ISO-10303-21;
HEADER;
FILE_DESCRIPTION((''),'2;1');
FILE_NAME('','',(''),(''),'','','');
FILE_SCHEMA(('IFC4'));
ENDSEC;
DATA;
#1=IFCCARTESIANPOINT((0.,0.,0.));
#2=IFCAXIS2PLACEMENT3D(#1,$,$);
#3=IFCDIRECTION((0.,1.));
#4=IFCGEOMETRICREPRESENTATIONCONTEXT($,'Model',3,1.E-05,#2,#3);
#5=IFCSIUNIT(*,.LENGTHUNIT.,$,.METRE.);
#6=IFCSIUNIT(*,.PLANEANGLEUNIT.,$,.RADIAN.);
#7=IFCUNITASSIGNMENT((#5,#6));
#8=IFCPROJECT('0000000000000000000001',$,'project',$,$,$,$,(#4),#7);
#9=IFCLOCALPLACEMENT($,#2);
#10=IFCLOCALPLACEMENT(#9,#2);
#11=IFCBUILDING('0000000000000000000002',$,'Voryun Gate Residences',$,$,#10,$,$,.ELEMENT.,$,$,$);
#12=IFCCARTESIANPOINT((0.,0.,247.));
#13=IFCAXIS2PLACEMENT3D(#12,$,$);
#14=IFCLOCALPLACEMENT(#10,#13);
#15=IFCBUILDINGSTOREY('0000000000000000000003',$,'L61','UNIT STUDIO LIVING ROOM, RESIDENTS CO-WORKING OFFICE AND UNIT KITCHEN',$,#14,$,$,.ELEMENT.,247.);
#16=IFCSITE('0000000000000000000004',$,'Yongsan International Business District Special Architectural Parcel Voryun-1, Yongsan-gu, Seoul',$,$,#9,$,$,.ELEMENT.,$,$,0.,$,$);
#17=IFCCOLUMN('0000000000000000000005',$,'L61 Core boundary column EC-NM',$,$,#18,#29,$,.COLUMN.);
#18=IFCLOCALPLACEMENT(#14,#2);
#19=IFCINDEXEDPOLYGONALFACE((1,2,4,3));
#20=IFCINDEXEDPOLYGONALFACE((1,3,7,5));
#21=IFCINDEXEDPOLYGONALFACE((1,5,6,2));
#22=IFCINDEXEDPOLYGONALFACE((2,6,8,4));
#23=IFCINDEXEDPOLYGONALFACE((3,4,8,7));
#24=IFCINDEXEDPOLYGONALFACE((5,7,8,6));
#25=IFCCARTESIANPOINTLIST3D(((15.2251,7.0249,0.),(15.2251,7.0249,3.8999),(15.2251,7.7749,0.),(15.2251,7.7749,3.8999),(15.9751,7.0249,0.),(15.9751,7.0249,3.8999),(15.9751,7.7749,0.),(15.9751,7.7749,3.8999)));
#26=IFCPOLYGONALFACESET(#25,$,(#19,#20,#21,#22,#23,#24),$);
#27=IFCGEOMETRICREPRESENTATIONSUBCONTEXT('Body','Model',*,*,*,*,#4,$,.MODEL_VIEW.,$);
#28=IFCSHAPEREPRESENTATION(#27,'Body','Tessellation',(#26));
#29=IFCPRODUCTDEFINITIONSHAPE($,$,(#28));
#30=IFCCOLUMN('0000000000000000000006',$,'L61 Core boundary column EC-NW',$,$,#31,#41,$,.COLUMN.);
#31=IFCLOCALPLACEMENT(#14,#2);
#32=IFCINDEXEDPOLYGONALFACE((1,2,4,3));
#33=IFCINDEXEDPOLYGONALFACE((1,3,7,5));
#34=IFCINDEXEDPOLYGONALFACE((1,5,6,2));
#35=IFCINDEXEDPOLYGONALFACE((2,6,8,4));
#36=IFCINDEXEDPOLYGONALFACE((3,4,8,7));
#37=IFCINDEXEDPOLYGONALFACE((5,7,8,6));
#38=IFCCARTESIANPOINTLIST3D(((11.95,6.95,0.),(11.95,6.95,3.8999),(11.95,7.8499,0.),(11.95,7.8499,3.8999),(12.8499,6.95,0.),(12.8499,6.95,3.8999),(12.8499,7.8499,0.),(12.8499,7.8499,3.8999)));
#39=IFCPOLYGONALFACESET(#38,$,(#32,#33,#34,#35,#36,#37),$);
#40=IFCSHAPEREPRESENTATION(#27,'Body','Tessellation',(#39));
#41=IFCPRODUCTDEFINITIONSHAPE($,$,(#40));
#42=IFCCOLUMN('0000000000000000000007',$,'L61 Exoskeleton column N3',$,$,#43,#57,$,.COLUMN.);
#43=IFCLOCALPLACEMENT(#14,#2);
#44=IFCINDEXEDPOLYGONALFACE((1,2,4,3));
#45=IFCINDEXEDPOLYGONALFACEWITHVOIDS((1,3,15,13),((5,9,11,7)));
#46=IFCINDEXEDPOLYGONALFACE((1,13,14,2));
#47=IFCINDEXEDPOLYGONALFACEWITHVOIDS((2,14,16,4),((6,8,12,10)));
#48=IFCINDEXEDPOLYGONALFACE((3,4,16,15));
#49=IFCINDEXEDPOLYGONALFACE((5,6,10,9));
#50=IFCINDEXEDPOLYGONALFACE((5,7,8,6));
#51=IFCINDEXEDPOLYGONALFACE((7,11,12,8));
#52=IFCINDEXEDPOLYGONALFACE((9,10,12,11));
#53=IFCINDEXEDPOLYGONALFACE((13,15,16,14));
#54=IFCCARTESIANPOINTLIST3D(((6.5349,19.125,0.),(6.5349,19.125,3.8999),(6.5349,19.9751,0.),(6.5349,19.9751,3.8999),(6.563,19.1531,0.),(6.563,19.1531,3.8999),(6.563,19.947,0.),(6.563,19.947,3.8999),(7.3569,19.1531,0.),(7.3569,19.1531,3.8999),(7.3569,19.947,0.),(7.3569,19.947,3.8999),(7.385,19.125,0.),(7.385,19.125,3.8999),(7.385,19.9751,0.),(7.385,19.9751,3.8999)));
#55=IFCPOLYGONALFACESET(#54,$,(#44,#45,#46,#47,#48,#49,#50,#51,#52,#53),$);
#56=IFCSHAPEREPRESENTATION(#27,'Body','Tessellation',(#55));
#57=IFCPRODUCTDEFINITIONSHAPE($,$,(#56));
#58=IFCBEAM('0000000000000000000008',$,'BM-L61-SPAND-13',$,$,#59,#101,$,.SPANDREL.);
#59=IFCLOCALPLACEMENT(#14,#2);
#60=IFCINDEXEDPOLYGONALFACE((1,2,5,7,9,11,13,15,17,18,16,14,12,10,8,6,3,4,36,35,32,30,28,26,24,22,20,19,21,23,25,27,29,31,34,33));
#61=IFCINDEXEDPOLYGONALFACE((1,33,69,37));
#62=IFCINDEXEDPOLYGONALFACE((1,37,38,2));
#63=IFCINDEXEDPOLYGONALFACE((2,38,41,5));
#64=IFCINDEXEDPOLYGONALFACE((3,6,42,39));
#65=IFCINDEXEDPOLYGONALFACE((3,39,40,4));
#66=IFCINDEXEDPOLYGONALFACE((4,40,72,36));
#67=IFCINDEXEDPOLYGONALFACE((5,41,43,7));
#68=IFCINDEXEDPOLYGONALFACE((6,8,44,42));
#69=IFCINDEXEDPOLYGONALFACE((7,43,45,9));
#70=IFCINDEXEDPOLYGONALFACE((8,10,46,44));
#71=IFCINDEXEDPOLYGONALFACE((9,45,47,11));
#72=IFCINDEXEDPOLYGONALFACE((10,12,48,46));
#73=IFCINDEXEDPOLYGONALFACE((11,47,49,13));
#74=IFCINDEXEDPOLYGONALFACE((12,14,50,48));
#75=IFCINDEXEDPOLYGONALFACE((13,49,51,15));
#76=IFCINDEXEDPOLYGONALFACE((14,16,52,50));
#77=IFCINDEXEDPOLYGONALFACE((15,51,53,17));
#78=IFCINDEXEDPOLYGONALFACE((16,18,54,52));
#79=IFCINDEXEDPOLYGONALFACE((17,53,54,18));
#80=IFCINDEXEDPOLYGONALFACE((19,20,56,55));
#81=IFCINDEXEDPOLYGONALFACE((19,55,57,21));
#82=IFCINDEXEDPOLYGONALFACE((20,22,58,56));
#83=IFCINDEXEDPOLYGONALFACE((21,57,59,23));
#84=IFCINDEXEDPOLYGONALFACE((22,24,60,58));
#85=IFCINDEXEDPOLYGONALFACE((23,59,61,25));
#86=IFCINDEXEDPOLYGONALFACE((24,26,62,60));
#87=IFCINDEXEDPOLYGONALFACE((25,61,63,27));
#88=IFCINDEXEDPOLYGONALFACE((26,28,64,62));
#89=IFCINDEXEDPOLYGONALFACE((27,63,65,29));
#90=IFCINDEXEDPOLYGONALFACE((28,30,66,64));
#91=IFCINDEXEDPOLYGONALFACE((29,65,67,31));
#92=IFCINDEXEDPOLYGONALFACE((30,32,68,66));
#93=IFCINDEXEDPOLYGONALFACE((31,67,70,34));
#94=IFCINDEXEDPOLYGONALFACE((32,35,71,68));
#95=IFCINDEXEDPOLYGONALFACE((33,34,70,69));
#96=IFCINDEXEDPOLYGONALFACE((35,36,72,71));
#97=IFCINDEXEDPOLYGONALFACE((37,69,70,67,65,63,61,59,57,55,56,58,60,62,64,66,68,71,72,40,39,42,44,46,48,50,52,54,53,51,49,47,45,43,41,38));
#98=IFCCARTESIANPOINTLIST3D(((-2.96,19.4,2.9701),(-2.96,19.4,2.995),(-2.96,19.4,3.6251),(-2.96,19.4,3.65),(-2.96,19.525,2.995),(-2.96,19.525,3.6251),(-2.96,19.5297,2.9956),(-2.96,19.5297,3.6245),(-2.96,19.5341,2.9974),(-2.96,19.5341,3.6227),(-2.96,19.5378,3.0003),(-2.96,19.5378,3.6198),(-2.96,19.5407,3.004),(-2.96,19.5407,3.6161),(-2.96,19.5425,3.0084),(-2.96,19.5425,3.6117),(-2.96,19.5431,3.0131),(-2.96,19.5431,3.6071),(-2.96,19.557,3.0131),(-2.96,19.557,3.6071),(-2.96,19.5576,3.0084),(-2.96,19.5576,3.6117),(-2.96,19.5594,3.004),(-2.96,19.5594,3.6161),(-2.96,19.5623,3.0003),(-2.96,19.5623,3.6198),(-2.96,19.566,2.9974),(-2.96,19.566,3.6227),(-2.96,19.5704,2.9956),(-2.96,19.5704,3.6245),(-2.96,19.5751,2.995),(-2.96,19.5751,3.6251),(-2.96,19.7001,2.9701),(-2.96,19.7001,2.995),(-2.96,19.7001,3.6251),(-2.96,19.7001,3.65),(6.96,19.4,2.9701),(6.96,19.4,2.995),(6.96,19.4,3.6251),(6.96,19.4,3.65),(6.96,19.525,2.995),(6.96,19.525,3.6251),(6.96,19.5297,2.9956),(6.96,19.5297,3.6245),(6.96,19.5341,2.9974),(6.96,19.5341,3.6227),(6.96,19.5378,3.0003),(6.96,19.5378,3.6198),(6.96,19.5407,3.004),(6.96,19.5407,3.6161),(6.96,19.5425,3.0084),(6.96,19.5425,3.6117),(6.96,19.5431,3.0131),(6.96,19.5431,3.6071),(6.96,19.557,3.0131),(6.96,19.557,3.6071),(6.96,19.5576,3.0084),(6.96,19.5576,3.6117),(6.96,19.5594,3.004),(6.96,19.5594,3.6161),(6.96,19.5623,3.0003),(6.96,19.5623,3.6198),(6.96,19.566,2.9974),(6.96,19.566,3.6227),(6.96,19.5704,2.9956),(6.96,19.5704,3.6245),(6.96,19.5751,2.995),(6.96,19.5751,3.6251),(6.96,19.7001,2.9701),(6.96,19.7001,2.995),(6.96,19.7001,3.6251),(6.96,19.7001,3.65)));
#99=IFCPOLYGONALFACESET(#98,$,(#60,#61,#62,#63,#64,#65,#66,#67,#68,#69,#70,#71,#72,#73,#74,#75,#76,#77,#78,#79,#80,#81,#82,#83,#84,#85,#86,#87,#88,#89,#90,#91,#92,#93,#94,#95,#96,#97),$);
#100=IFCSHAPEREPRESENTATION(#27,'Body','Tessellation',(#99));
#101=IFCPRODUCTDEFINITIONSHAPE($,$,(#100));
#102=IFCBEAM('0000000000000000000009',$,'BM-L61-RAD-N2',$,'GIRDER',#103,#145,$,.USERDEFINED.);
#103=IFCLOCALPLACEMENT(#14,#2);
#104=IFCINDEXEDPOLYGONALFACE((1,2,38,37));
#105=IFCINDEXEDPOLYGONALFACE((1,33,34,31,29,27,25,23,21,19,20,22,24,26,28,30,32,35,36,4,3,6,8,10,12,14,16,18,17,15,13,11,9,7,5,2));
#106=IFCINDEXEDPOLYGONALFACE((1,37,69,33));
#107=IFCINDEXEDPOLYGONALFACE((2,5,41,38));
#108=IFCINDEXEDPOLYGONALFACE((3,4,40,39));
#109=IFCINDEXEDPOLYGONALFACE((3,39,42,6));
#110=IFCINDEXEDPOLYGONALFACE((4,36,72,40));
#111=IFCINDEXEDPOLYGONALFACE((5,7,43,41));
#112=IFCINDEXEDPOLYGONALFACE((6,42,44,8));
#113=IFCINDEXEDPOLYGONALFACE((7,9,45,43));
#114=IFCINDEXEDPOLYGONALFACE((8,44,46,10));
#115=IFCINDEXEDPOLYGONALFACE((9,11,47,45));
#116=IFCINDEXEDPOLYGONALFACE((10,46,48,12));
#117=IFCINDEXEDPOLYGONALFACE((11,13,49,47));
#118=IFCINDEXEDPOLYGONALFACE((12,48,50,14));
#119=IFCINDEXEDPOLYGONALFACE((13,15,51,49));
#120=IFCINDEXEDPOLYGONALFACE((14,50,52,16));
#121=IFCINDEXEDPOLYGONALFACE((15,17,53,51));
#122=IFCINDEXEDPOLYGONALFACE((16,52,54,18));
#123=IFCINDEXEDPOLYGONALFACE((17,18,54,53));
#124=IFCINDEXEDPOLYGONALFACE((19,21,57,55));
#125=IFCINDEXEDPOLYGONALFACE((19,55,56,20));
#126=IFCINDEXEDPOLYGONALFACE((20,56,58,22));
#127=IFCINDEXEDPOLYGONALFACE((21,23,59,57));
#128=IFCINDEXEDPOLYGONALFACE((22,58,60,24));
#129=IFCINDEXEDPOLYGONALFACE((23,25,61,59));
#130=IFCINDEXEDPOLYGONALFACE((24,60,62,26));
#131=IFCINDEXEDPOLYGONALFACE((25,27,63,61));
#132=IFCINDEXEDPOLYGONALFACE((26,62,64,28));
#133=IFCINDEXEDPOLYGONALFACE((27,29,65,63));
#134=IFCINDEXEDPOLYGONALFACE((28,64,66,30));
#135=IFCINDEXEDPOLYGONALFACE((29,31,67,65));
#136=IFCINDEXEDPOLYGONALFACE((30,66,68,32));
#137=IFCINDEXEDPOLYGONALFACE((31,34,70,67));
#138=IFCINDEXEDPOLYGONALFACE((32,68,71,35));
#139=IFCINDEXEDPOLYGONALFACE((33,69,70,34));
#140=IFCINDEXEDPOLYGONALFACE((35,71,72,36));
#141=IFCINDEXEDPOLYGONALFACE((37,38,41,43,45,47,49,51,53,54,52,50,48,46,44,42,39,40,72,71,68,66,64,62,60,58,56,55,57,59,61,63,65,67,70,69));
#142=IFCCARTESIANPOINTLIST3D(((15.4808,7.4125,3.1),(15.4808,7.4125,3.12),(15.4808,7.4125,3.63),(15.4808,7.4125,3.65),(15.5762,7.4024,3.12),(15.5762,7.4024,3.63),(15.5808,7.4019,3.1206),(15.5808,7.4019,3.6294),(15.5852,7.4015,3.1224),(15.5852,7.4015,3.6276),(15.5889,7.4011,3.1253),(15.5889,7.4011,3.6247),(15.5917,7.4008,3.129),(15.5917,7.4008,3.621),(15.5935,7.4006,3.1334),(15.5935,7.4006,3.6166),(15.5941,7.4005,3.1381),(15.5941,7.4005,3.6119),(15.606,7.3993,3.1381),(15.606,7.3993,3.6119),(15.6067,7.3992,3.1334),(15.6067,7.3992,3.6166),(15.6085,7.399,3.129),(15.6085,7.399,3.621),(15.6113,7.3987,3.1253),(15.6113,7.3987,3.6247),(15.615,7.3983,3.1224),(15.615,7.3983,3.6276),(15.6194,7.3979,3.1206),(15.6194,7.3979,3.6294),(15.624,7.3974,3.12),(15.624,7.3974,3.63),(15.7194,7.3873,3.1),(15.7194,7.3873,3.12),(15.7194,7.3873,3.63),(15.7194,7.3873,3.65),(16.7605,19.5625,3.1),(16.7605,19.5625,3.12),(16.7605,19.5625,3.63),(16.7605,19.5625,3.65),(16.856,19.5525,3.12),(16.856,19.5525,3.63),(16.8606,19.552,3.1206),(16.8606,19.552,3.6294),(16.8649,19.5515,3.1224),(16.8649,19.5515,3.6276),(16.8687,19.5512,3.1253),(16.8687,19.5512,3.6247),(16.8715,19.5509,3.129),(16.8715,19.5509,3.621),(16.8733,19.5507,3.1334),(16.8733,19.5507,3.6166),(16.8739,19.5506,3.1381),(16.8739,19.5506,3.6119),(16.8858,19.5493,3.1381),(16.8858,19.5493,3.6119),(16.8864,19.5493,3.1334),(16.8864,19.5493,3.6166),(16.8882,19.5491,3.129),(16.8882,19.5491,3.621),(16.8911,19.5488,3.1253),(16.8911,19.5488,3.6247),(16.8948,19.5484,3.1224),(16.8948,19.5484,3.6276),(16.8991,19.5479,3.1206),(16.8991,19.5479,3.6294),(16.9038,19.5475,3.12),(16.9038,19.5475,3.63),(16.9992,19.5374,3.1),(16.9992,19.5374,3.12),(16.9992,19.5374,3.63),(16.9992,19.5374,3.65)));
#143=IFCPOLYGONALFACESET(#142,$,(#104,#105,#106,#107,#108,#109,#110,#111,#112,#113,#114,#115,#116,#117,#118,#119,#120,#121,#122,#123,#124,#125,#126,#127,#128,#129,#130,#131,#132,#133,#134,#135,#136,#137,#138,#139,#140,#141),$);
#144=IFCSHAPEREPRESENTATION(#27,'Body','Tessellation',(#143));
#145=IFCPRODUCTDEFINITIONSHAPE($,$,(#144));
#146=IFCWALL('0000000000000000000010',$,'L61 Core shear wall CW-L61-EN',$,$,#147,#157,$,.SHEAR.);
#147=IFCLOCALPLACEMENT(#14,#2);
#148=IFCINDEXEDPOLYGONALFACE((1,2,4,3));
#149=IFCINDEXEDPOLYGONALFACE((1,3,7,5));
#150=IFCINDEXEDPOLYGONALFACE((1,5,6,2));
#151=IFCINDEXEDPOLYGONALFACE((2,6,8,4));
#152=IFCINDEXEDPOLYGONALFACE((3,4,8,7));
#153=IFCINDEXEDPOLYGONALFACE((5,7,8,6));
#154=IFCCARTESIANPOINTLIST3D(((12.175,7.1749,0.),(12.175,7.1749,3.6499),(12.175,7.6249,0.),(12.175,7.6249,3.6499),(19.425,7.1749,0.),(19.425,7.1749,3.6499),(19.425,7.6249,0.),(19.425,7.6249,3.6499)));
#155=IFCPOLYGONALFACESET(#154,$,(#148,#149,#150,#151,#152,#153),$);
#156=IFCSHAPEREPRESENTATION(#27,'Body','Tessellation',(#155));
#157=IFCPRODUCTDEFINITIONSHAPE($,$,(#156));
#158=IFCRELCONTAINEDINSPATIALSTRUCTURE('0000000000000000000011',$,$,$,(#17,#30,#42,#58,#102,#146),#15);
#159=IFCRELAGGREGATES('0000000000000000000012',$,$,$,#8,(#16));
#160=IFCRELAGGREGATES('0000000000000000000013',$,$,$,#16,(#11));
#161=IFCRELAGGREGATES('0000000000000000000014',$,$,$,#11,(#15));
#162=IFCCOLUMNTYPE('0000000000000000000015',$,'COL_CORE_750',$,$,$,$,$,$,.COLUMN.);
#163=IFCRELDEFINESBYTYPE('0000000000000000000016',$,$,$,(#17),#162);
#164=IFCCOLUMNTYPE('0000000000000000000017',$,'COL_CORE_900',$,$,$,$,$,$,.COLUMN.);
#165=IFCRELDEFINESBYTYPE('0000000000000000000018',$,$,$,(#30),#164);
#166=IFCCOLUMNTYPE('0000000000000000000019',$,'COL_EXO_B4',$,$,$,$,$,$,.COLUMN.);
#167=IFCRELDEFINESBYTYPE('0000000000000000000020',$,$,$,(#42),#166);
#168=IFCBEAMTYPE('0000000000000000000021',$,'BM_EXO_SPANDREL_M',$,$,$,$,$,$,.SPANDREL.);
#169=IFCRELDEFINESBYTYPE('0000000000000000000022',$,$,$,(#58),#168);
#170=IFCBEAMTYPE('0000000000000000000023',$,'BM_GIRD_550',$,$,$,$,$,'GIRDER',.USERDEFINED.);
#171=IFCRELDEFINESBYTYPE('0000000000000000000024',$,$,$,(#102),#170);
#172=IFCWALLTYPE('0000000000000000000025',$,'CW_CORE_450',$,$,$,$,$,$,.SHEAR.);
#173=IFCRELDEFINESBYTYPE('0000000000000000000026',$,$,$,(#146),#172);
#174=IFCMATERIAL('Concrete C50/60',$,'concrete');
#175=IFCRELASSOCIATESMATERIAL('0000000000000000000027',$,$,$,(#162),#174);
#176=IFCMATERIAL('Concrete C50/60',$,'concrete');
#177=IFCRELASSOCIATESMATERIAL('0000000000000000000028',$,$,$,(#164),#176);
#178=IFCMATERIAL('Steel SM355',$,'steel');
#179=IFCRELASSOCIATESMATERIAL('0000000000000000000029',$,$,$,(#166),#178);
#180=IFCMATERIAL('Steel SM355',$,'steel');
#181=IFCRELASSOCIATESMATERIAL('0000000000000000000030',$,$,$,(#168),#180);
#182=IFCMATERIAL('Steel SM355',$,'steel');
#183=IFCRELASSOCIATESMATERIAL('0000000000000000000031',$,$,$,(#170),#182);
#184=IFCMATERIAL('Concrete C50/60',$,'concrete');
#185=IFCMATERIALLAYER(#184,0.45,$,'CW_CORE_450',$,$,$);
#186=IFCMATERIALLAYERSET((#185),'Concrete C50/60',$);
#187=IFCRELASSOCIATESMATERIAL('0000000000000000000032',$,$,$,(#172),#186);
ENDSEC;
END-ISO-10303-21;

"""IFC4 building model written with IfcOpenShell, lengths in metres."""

from ifc_helpers import new_model, si_unit, direction, frame, frame_2d, origin, origin_2d, place, context, subcontext, project, spatial, rectangle, hollow_rectangle, i_section, extrude, material, layer, layer_set, material_profile, profile_set, type_object, element, save


model = new_model("IFC4")

# Units and contexts
model_context = context("Model", 3, precision=1e-05, world=origin(), true_north=direction((0.0, 1.0)))
body_context = subcontext(model_context, "Body", "Model", "MODEL_VIEW")
ifc_project = project(units=[si_unit("LENGTHUNIT", "METRE"), si_unit("PLANEANGLEUNIT", "RADIAN")], contexts=[model_context])

# Site, building, storey
site_placement = place(None, origin())
site = spatial("IfcSite", under=ifc_project, at=site_placement, Name="Yongsan International Business District Special Architectural Parcel Voryun-1, Yongsan-gu, Seoul", CompositionType="ELEMENT", RefElevation=0.0)
building_placement = place(site_placement, origin())
building = spatial("IfcBuilding", under=site, at=building_placement, Name="Voryun Gate Residences", CompositionType="ELEMENT")
storey_placement = place(building_placement, frame((0.0, 0.0, 247.0)))
storey = spatial("IfcBuildingStorey", under=building, at=storey_placement, Name="L61", Description="UNIT STUDIO LIVING ROOM, RESIDENTS CO-WORKING OFFICE AND UNIT KITCHEN", CompositionType="ELEMENT", Elevation=247.0)

# Columns
ifc_material_1 = material(Name="Concrete C50/60", Category="concrete")
ifc_material_profile_1 = material_profile(ifc_material_1, rectangle(XDim=0.75, YDim=0.75, at=origin_2d()), Name="RC-750x750")
ifc_profile_set_1 = profile_set([ifc_material_profile_1], Name="Concrete C50/60")
column_type_1 = type_object("IfcColumnType", Name="COL_CORE_750", PredefinedType="COLUMN", material=ifc_profile_set_1)
column_1_placement = place(storey_placement, frame((15.6001, 7.3999, 0.0), z_axis=(0.0, 0.0, 1.0), x_axis=(1.0, 0.0, 0.0)))
element("IfcColumn", 1, at=column_1_placement, inside=storey, type_object=column_type_1, Name="L61 Core boundary column EC-NM", PredefinedType="COLUMN", context=body_context, shape_type="SweptSolid", body=[
    extrude(rectangle(XDim=0.75, YDim=0.75, at=origin_2d()), origin(), (0.0, 0.0, 1.0), 3.8999),
])
ifc_material_2 = material(Name="Concrete C50/60", Category="concrete")
ifc_material_profile_2 = material_profile(ifc_material_2, rectangle(XDim=0.8999, YDim=0.8999, at=origin_2d()), Name="RC-900x900")
ifc_profile_set_2 = profile_set([ifc_material_profile_2], Name="Concrete C50/60")
column_type_2 = type_object("IfcColumnType", Name="COL_CORE_900", PredefinedType="COLUMN", material=ifc_profile_set_2)
column_2_placement = place(storey_placement, frame((12.3999, 7.3999, 0.0), z_axis=(0.0, 0.0, 1.0), x_axis=(1.0, 0.0, 0.0)))
element("IfcColumn", 2, at=column_2_placement, inside=storey, type_object=column_type_2, Name="L61 Core boundary column EC-NW", PredefinedType="COLUMN", context=body_context, shape_type="SweptSolid", body=[
    extrude(rectangle(XDim=0.8999, YDim=0.8999, at=origin_2d()), origin(), (0.0, 0.0, 1.0), 3.8999),
])
ifc_material_3 = material(Name="Steel SM355", Category="steel")
ifc_material_profile_3 = material_profile(ifc_material_3, hollow_rectangle(XDim=0.8501, YDim=0.8501, WallThickness=0.0281, at=origin_2d()), Name="BOX-850x850x28")
ifc_profile_set_3 = profile_set([ifc_material_profile_3], Name="Steel SM355")
column_type_3 = type_object("IfcColumnType", Name="COL_EXO_B4", PredefinedType="COLUMN", material=ifc_profile_set_3)
column_3_placement = place(storey_placement, frame((6.96, 19.55, 0.0), z_axis=(0.0, 0.0, 1.0), x_axis=(1.0, 0.0, 0.0)))
element("IfcColumn", 3, at=column_3_placement, inside=storey, type_object=column_type_3, Name="L61 Exoskeleton column N3", PredefinedType="COLUMN", context=body_context, shape_type="SweptSolid", body=[
    extrude(hollow_rectangle(XDim=0.8501, YDim=0.8501, WallThickness=0.0281, at=origin_2d()), origin(), (0.0, 0.0, 1.0), 3.8999),
])

# Beams
ifc_material_4 = material(Name="Steel SM355", Category="steel")
ifc_material_profile_4 = material_profile(ifc_material_4, i_section(OverallWidth=0.3, OverallDepth=0.6799, WebThickness=0.0139, FlangeThickness=0.0249, FilletRadius=0.0181, at=origin_2d()), Name="H-680x300x14x25")
ifc_profile_set_4 = profile_set([ifc_material_profile_4], Name="Steel SM355")
beam_type_1 = type_object("IfcBeamType", Name="BM_EXO_SPANDREL_M", PredefinedType="SPANDREL", material=ifc_profile_set_4)
beam_1_placement = place(storey_placement, frame((6.96, 19.55, 3.3101), z_axis=(-1.0, 0.0, 0.0), x_axis=(0.0, -1.0, 0.0)))
element("IfcBeam", 4, at=beam_1_placement, inside=storey, type_object=beam_type_1, Name="BM-L61-SPAND-13", PredefinedType="SPANDREL", context=body_context, shape_type="SweptSolid", body=[
    extrude(i_section(OverallWidth=0.3, OverallDepth=0.6799, WebThickness=0.0139, FlangeThickness=0.0249, FilletRadius=0.0181, at=origin_2d()), origin(), (0.0, 0.0, 1.0), 9.9199),
])
ifc_material_5 = material(Name="Steel SM355", Category="steel")
ifc_material_profile_5 = material_profile(ifc_material_5, i_section(OverallWidth=0.24, OverallDepth=0.55, WebThickness=0.012, FlangeThickness=0.02, FilletRadius=0.0181, at=origin_2d()), Name="H-550x240x12x20")
ifc_profile_set_5 = profile_set([ifc_material_profile_5], Name="Steel SM355")
beam_type_2 = type_object("IfcBeamType", Name="BM_GIRD_550", ElementType="GIRDER", PredefinedType="USERDEFINED", material=ifc_profile_set_5)
beam_2_placement = place(storey_placement, frame((15.6001, 7.3999, 3.375), z_axis=(0.104751, 0.994498, 0.0), x_axis=(-0.994498, 0.104751, 0.0)))
element("IfcBeam", 5, at=beam_2_placement, inside=storey, type_object=beam_type_2, Name="BM-L61-RAD-N2", ObjectType="GIRDER", PredefinedType="USERDEFINED", context=body_context, shape_type="SweptSolid", body=[
    extrude(i_section(OverallWidth=0.24, OverallDepth=0.55, WebThickness=0.012, FlangeThickness=0.02, FilletRadius=0.0181, at=origin_2d()), origin(), (0.0, 0.0, 1.0), 12.2173),
])

# Wall
ifc_material_6 = material(Name="Concrete C50/60", Category="concrete")
ifc_layer_1 = layer(ifc_material_6, 0.45, Name="CW_CORE_450")
ifc_layer_set_1 = layer_set([ifc_layer_1], Name="Concrete C50/60")
wall_type_1 = type_object("IfcWallType", Name="CW_CORE_450", PredefinedType="SHEAR", material=ifc_layer_set_1)
wall_1_placement = place(storey_placement, frame((12.175, 7.3999, 0.0), z_axis=(0.0, 0.0, 1.0), x_axis=(1.0, 0.0, 0.0)))
element("IfcWall", 6, at=wall_1_placement, inside=storey, type_object=wall_type_1, Name="L61 Core shear wall CW-L61-EN", PredefinedType="SHEAR", context=body_context, shape_type="SweptSolid", body=[
    extrude(rectangle(XDim=7.25, YDim=0.45, at=frame_2d((3.625, 0.0))), origin(), (0.0, 0.0, 1.0), 3.6499),
])

save(model, "model.ifc")
